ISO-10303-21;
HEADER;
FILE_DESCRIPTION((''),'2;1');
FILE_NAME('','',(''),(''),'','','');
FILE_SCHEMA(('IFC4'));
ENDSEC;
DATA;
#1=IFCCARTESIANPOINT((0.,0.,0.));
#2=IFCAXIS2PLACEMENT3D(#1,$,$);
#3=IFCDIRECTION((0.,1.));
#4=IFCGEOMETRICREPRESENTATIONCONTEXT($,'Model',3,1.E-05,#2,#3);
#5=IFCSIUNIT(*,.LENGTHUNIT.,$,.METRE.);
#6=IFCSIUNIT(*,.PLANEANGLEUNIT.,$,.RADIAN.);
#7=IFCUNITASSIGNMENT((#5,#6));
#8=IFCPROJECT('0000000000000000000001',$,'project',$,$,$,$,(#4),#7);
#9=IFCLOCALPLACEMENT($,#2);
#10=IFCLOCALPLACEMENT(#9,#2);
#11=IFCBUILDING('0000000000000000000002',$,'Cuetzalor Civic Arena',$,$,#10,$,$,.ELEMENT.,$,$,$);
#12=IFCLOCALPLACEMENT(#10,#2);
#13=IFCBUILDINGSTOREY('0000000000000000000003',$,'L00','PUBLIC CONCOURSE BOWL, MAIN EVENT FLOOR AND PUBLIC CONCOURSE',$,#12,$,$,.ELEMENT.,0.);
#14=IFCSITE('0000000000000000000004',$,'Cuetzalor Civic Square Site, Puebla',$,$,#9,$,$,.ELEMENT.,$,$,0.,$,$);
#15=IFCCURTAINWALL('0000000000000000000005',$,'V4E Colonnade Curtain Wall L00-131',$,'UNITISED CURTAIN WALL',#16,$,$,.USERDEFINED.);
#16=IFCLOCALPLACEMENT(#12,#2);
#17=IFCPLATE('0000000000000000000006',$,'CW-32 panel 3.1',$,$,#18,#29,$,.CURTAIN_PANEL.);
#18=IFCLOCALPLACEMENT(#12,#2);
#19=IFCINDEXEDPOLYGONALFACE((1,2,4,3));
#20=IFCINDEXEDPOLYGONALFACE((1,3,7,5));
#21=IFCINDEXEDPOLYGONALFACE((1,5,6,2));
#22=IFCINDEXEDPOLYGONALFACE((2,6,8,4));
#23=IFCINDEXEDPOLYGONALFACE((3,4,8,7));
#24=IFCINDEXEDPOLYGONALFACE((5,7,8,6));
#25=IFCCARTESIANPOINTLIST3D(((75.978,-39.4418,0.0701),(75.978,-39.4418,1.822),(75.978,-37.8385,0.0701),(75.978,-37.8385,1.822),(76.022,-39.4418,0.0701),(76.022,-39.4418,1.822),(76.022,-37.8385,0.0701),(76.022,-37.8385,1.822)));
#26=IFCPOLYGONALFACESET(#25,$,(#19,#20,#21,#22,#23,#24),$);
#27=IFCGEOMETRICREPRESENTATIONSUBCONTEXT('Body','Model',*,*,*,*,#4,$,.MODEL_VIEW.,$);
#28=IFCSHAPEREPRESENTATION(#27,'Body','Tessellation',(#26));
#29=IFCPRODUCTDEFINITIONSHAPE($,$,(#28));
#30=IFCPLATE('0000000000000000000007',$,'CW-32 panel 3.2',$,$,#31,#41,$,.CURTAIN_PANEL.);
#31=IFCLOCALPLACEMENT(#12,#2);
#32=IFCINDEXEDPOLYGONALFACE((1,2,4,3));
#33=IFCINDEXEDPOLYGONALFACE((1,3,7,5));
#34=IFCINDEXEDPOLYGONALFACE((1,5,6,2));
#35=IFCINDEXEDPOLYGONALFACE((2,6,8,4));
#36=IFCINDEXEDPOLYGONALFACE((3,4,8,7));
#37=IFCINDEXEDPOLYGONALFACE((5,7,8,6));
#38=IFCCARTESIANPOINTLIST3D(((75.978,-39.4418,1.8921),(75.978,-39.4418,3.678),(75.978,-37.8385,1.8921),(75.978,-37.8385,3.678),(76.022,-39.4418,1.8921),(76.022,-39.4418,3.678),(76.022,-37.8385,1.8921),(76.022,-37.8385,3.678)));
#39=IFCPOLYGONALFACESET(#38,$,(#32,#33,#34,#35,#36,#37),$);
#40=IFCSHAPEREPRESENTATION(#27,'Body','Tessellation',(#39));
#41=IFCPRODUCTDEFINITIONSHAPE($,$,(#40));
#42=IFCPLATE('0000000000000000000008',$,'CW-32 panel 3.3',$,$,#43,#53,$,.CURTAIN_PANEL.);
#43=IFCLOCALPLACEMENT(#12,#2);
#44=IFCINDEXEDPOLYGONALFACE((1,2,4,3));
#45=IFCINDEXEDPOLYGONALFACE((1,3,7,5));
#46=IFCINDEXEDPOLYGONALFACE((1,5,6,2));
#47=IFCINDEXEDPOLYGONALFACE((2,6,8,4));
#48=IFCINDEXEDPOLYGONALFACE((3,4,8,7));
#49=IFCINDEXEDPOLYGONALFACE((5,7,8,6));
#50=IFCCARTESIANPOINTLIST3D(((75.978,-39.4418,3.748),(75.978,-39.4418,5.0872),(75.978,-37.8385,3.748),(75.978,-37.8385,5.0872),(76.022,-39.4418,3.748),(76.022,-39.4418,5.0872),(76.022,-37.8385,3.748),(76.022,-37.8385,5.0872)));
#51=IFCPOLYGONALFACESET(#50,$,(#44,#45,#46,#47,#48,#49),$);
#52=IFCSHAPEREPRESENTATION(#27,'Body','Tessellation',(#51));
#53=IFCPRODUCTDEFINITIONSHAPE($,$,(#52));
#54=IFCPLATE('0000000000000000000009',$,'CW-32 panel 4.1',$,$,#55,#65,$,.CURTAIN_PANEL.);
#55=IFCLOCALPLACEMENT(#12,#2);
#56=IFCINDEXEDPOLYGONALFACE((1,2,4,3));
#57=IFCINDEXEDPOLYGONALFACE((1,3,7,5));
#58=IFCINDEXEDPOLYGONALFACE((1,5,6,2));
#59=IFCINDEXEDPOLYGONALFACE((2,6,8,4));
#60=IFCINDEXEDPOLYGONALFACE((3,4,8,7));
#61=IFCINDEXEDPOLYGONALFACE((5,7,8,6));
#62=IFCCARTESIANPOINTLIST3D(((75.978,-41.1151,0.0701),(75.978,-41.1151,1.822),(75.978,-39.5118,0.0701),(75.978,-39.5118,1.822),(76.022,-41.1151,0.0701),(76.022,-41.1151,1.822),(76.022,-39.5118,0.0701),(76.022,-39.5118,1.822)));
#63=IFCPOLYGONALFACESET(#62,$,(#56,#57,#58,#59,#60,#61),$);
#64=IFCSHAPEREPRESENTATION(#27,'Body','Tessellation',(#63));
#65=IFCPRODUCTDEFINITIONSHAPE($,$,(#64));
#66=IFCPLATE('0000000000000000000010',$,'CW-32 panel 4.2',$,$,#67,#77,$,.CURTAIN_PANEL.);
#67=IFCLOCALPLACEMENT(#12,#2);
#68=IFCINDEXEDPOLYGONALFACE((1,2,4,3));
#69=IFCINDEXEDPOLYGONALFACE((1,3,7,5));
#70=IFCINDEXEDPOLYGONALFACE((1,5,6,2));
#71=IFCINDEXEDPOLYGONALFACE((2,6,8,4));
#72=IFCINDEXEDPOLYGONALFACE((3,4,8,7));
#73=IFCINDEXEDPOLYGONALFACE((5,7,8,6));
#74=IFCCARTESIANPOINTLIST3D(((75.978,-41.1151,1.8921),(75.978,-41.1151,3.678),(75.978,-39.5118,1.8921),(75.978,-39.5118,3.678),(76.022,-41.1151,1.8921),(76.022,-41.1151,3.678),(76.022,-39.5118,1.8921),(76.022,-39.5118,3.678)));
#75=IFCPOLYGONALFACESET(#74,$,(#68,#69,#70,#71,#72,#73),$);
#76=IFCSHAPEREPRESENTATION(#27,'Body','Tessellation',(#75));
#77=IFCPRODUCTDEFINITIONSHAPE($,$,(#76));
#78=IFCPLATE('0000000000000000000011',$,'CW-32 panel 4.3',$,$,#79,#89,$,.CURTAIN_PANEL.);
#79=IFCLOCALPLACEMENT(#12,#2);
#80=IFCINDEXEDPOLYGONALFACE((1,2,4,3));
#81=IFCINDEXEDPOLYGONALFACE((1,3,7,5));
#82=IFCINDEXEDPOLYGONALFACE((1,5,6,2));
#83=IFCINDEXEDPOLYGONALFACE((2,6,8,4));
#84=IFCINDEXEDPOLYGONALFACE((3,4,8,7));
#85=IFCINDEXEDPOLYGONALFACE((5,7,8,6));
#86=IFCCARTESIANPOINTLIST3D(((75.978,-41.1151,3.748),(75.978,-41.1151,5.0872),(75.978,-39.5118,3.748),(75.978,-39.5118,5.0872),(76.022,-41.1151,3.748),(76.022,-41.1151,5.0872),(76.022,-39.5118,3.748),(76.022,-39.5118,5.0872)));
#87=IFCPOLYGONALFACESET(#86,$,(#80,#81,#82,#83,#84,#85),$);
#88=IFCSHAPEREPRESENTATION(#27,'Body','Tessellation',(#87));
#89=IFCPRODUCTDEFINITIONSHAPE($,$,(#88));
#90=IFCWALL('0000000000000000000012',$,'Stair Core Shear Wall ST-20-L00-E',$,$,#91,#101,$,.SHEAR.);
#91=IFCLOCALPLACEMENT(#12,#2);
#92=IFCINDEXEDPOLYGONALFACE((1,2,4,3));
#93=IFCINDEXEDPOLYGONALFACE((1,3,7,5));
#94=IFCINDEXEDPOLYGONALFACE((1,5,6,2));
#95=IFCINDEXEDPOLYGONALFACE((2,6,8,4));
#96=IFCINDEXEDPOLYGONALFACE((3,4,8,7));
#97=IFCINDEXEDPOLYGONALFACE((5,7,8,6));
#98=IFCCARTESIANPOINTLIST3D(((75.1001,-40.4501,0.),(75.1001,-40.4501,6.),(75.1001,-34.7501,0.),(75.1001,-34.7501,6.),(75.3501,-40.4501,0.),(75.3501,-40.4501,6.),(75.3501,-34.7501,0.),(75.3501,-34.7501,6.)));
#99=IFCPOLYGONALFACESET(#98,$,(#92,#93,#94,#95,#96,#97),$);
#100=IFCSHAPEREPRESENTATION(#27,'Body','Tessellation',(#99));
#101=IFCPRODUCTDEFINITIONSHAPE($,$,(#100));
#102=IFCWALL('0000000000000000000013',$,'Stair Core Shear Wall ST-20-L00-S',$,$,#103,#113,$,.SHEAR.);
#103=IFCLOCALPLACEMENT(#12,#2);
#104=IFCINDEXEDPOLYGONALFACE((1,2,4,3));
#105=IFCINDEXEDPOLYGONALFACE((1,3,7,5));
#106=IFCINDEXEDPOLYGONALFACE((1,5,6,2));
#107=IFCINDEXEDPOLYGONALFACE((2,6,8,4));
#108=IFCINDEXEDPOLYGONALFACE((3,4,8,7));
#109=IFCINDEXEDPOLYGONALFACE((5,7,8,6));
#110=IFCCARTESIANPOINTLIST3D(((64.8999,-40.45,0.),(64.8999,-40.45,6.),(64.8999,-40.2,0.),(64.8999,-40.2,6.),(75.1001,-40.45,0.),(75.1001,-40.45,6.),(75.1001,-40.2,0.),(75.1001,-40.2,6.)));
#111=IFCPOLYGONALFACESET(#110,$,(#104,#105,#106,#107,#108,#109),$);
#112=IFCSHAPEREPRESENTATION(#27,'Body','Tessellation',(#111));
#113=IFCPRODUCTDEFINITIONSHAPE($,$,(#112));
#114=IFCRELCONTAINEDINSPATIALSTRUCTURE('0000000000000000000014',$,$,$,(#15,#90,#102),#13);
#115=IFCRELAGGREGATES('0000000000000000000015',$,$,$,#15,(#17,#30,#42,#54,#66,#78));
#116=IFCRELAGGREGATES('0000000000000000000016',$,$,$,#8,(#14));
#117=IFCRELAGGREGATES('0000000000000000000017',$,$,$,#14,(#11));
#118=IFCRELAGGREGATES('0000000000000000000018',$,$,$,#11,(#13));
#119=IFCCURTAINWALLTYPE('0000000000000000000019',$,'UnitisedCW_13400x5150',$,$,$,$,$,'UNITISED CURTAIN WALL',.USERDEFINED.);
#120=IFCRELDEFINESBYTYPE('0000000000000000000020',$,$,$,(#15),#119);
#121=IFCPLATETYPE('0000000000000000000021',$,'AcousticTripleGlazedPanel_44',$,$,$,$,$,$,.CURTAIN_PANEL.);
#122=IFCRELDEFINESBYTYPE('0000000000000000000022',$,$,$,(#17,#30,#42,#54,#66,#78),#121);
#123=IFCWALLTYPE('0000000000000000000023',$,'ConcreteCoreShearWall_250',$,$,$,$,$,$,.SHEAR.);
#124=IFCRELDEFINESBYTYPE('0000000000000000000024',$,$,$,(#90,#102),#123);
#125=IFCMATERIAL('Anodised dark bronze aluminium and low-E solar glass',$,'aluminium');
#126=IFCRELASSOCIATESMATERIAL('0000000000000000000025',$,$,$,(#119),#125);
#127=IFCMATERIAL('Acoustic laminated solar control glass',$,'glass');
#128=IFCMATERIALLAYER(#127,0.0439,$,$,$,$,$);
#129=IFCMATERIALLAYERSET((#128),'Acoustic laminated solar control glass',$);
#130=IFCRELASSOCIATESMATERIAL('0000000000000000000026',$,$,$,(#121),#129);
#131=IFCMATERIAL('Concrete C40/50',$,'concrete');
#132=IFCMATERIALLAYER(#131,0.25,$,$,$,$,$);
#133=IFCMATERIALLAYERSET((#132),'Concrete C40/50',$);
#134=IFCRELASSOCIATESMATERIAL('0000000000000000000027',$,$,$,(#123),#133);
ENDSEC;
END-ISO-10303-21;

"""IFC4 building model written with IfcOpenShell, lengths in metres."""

from ifc_helpers import new_model, si_unit, direction, frame, frame_2d, origin, origin_2d, place, context, subcontext, project, spatial, rectangle, extrude, material, layer, layer_set, type_object, element, aggregate, save


model = new_model("IFC4")

# Units and contexts
model_context = context("Model", 3, precision=1e-05, world=origin(), true_north=direction((0.0, 1.0)))
body_context = subcontext(model_context, "Body", "Model", "MODEL_VIEW")
ifc_project = project(units=[si_unit("LENGTHUNIT", "METRE"), si_unit("PLANEANGLEUNIT", "RADIAN")], contexts=[model_context])

# Site, building, storey
site_placement = place(None, origin())
site = spatial("IfcSite", under=ifc_project, at=site_placement, Name="Cuetzalor Civic Square Site, Puebla", CompositionType="ELEMENT", RefElevation=0.0)
building_placement = place(site_placement, origin())
building = spatial("IfcBuilding", under=site, at=building_placement, Name="Cuetzalor Civic Arena", CompositionType="ELEMENT")
storey_placement = place(building_placement, origin())
storey = spatial("IfcBuildingStorey", under=building, at=storey_placement, Name="L00", Description="PUBLIC CONCOURSE BOWL, MAIN EVENT FLOOR AND PUBLIC CONCOURSE", CompositionType="ELEMENT", Elevation=0.0)

# Curtain wall, plates
ifc_material_1 = material(Name="Anodised dark bronze aluminium and low-E solar glass", Category="aluminium")
curtain_wall_type = type_object("IfcCurtainWallType", Name="UnitisedCW_13400x5150", ElementType="UNITISED CURTAIN WALL", PredefinedType="USERDEFINED", material=ifc_material_1)
curtain_wall_placement = place(storey_placement, origin())
curtain_wall = element("IfcCurtainWall", 1, at=curtain_wall_placement, inside=storey, type_object=curtain_wall_type, Name="V4E Colonnade Curtain Wall L00-131", ObjectType="UNITISED CURTAIN WALL", PredefinedType="USERDEFINED")
ifc_material_2 = material(Name="Acoustic laminated solar control glass", Category="glass")
ifc_layer_1 = layer(ifc_material_2, 0.0439)
ifc_layer_set_1 = layer_set([ifc_layer_1], Name="Acoustic laminated solar control glass")
plate_type = type_object("IfcPlateType", Name="AcousticTripleGlazedPanel_44", PredefinedType="CURTAIN_PANEL", material=ifc_layer_set_1)
plate_1_placement = place(storey_placement, frame((76.0, -38.6401, 0.0701), z_axis=(0.0, 0.0, 1.0), x_axis=(0.0, -1.0, 0.0)))
plate_1 = element("IfcPlate", 2, at=plate_1_placement, type_object=plate_type, Name="CW-32 panel 3.1", PredefinedType="CURTAIN_PANEL", context=body_context, shape_type="SweptSolid", body=[
    extrude(rectangle(XDim=1.6033, YDim=0.0439, at=origin_2d()), origin(), (0.0, 0.0, 1.0), 1.752),
])
plate_2_placement = place(storey_placement, frame((76.0, -38.6401, 1.8921), z_axis=(0.0, 0.0, 1.0), x_axis=(0.0, -1.0, 0.0)))
plate_2 = element("IfcPlate", 3, at=plate_2_placement, type_object=plate_type, Name="CW-32 panel 3.2", PredefinedType="CURTAIN_PANEL", context=body_context, shape_type="SweptSolid", body=[
    extrude(rectangle(XDim=1.6033, YDim=0.0439, at=origin_2d()), origin(), (0.0, 0.0, 1.0), 1.7859),
])
plate_3_placement = place(storey_placement, frame((76.0, -38.6401, 3.748), z_axis=(0.0, 0.0, 1.0), x_axis=(0.0, -1.0, 0.0)))
plate_3 = element("IfcPlate", 4, at=plate_3_placement, type_object=plate_type, Name="CW-32 panel 3.3", PredefinedType="CURTAIN_PANEL", context=body_context, shape_type="SweptSolid", body=[
    extrude(rectangle(XDim=1.6033, YDim=0.0439, at=origin_2d()), origin(), (0.0, 0.0, 1.0), 1.3391),
])
plate_4_placement = place(storey_placement, frame((76.0, -40.3135, 0.0701), z_axis=(0.0, 0.0, 1.0), x_axis=(0.0, -1.0, 0.0)))
plate_4 = element("IfcPlate", 5, at=plate_4_placement, type_object=plate_type, Name="CW-32 panel 4.1", PredefinedType="CURTAIN_PANEL", context=body_context, shape_type="SweptSolid", body=[
    extrude(rectangle(XDim=1.6033, YDim=0.0439, at=origin_2d()), origin(), (0.0, 0.0, 1.0), 1.752),
])
plate_5_placement = place(storey_placement, frame((76.0, -40.3135, 1.8921), z_axis=(0.0, 0.0, 1.0), x_axis=(0.0, -1.0, 0.0)))
plate_5 = element("IfcPlate", 6, at=plate_5_placement, type_object=plate_type, Name="CW-32 panel 4.2", PredefinedType="CURTAIN_PANEL", context=body_context, shape_type="SweptSolid", body=[
    extrude(rectangle(XDim=1.6033, YDim=0.0439, at=origin_2d()), origin(), (0.0, 0.0, 1.0), 1.7859),
])
plate_6_placement = place(storey_placement, frame((76.0, -40.3135, 3.748), z_axis=(0.0, 0.0, 1.0), x_axis=(0.0, -1.0, 0.0)))
plate_6 = element("IfcPlate", 7, at=plate_6_placement, type_object=plate_type, Name="CW-32 panel 4.3", PredefinedType="CURTAIN_PANEL", context=body_context, shape_type="SweptSolid", body=[
    extrude(rectangle(XDim=1.6033, YDim=0.0439, at=origin_2d()), origin(), (0.0, 0.0, 1.0), 1.3391),
])
aggregate(curtain_wall, [plate_1, plate_2, plate_3, plate_4, plate_5, plate_6])

# Walls
ifc_material_3 = material(Name="Concrete C40/50", Category="concrete")
ifc_layer_2 = layer(ifc_material_3, 0.25)
ifc_layer_set_2 = layer_set([ifc_layer_2], Name="Concrete C40/50")
wall_type = type_object("IfcWallType", Name="ConcreteCoreShearWall_250", PredefinedType="SHEAR", material=ifc_layer_set_2)
wall_1_placement = place(storey_placement, frame((75.2251, -34.75, 0.0), z_axis=(0.0, 0.0, 1.0), x_axis=(0.0, -1.0, 0.0)))
element("IfcWall", 8, at=wall_1_placement, inside=storey, type_object=wall_type, Name="Stair Core Shear Wall ST-20-L00-E", PredefinedType="SHEAR", context=body_context, shape_type="SweptSolid", body=[
    extrude(rectangle(XDim=5.7, YDim=0.25, at=frame_2d((2.8501, 0.0))), origin(), (0.0, 0.0, 1.0), 6.0),
])
wall_2_placement = place(storey_placement, frame((75.1001, -40.325, 0.0), z_axis=(0.0, 0.0, 1.0), x_axis=(-1.0, 0.0, 0.0)))
element("IfcWall", 9, at=wall_2_placement, inside=storey, type_object=wall_type, Name="Stair Core Shear Wall ST-20-L00-S", PredefinedType="SHEAR", context=body_context, shape_type="SweptSolid", body=[
    extrude(rectangle(XDim=10.2002, YDim=0.25, at=frame_2d((5.1001, 0.0))), origin(), (0.0, 0.0, 1.0), 6.0),
])

save(model, "model.ifc")
